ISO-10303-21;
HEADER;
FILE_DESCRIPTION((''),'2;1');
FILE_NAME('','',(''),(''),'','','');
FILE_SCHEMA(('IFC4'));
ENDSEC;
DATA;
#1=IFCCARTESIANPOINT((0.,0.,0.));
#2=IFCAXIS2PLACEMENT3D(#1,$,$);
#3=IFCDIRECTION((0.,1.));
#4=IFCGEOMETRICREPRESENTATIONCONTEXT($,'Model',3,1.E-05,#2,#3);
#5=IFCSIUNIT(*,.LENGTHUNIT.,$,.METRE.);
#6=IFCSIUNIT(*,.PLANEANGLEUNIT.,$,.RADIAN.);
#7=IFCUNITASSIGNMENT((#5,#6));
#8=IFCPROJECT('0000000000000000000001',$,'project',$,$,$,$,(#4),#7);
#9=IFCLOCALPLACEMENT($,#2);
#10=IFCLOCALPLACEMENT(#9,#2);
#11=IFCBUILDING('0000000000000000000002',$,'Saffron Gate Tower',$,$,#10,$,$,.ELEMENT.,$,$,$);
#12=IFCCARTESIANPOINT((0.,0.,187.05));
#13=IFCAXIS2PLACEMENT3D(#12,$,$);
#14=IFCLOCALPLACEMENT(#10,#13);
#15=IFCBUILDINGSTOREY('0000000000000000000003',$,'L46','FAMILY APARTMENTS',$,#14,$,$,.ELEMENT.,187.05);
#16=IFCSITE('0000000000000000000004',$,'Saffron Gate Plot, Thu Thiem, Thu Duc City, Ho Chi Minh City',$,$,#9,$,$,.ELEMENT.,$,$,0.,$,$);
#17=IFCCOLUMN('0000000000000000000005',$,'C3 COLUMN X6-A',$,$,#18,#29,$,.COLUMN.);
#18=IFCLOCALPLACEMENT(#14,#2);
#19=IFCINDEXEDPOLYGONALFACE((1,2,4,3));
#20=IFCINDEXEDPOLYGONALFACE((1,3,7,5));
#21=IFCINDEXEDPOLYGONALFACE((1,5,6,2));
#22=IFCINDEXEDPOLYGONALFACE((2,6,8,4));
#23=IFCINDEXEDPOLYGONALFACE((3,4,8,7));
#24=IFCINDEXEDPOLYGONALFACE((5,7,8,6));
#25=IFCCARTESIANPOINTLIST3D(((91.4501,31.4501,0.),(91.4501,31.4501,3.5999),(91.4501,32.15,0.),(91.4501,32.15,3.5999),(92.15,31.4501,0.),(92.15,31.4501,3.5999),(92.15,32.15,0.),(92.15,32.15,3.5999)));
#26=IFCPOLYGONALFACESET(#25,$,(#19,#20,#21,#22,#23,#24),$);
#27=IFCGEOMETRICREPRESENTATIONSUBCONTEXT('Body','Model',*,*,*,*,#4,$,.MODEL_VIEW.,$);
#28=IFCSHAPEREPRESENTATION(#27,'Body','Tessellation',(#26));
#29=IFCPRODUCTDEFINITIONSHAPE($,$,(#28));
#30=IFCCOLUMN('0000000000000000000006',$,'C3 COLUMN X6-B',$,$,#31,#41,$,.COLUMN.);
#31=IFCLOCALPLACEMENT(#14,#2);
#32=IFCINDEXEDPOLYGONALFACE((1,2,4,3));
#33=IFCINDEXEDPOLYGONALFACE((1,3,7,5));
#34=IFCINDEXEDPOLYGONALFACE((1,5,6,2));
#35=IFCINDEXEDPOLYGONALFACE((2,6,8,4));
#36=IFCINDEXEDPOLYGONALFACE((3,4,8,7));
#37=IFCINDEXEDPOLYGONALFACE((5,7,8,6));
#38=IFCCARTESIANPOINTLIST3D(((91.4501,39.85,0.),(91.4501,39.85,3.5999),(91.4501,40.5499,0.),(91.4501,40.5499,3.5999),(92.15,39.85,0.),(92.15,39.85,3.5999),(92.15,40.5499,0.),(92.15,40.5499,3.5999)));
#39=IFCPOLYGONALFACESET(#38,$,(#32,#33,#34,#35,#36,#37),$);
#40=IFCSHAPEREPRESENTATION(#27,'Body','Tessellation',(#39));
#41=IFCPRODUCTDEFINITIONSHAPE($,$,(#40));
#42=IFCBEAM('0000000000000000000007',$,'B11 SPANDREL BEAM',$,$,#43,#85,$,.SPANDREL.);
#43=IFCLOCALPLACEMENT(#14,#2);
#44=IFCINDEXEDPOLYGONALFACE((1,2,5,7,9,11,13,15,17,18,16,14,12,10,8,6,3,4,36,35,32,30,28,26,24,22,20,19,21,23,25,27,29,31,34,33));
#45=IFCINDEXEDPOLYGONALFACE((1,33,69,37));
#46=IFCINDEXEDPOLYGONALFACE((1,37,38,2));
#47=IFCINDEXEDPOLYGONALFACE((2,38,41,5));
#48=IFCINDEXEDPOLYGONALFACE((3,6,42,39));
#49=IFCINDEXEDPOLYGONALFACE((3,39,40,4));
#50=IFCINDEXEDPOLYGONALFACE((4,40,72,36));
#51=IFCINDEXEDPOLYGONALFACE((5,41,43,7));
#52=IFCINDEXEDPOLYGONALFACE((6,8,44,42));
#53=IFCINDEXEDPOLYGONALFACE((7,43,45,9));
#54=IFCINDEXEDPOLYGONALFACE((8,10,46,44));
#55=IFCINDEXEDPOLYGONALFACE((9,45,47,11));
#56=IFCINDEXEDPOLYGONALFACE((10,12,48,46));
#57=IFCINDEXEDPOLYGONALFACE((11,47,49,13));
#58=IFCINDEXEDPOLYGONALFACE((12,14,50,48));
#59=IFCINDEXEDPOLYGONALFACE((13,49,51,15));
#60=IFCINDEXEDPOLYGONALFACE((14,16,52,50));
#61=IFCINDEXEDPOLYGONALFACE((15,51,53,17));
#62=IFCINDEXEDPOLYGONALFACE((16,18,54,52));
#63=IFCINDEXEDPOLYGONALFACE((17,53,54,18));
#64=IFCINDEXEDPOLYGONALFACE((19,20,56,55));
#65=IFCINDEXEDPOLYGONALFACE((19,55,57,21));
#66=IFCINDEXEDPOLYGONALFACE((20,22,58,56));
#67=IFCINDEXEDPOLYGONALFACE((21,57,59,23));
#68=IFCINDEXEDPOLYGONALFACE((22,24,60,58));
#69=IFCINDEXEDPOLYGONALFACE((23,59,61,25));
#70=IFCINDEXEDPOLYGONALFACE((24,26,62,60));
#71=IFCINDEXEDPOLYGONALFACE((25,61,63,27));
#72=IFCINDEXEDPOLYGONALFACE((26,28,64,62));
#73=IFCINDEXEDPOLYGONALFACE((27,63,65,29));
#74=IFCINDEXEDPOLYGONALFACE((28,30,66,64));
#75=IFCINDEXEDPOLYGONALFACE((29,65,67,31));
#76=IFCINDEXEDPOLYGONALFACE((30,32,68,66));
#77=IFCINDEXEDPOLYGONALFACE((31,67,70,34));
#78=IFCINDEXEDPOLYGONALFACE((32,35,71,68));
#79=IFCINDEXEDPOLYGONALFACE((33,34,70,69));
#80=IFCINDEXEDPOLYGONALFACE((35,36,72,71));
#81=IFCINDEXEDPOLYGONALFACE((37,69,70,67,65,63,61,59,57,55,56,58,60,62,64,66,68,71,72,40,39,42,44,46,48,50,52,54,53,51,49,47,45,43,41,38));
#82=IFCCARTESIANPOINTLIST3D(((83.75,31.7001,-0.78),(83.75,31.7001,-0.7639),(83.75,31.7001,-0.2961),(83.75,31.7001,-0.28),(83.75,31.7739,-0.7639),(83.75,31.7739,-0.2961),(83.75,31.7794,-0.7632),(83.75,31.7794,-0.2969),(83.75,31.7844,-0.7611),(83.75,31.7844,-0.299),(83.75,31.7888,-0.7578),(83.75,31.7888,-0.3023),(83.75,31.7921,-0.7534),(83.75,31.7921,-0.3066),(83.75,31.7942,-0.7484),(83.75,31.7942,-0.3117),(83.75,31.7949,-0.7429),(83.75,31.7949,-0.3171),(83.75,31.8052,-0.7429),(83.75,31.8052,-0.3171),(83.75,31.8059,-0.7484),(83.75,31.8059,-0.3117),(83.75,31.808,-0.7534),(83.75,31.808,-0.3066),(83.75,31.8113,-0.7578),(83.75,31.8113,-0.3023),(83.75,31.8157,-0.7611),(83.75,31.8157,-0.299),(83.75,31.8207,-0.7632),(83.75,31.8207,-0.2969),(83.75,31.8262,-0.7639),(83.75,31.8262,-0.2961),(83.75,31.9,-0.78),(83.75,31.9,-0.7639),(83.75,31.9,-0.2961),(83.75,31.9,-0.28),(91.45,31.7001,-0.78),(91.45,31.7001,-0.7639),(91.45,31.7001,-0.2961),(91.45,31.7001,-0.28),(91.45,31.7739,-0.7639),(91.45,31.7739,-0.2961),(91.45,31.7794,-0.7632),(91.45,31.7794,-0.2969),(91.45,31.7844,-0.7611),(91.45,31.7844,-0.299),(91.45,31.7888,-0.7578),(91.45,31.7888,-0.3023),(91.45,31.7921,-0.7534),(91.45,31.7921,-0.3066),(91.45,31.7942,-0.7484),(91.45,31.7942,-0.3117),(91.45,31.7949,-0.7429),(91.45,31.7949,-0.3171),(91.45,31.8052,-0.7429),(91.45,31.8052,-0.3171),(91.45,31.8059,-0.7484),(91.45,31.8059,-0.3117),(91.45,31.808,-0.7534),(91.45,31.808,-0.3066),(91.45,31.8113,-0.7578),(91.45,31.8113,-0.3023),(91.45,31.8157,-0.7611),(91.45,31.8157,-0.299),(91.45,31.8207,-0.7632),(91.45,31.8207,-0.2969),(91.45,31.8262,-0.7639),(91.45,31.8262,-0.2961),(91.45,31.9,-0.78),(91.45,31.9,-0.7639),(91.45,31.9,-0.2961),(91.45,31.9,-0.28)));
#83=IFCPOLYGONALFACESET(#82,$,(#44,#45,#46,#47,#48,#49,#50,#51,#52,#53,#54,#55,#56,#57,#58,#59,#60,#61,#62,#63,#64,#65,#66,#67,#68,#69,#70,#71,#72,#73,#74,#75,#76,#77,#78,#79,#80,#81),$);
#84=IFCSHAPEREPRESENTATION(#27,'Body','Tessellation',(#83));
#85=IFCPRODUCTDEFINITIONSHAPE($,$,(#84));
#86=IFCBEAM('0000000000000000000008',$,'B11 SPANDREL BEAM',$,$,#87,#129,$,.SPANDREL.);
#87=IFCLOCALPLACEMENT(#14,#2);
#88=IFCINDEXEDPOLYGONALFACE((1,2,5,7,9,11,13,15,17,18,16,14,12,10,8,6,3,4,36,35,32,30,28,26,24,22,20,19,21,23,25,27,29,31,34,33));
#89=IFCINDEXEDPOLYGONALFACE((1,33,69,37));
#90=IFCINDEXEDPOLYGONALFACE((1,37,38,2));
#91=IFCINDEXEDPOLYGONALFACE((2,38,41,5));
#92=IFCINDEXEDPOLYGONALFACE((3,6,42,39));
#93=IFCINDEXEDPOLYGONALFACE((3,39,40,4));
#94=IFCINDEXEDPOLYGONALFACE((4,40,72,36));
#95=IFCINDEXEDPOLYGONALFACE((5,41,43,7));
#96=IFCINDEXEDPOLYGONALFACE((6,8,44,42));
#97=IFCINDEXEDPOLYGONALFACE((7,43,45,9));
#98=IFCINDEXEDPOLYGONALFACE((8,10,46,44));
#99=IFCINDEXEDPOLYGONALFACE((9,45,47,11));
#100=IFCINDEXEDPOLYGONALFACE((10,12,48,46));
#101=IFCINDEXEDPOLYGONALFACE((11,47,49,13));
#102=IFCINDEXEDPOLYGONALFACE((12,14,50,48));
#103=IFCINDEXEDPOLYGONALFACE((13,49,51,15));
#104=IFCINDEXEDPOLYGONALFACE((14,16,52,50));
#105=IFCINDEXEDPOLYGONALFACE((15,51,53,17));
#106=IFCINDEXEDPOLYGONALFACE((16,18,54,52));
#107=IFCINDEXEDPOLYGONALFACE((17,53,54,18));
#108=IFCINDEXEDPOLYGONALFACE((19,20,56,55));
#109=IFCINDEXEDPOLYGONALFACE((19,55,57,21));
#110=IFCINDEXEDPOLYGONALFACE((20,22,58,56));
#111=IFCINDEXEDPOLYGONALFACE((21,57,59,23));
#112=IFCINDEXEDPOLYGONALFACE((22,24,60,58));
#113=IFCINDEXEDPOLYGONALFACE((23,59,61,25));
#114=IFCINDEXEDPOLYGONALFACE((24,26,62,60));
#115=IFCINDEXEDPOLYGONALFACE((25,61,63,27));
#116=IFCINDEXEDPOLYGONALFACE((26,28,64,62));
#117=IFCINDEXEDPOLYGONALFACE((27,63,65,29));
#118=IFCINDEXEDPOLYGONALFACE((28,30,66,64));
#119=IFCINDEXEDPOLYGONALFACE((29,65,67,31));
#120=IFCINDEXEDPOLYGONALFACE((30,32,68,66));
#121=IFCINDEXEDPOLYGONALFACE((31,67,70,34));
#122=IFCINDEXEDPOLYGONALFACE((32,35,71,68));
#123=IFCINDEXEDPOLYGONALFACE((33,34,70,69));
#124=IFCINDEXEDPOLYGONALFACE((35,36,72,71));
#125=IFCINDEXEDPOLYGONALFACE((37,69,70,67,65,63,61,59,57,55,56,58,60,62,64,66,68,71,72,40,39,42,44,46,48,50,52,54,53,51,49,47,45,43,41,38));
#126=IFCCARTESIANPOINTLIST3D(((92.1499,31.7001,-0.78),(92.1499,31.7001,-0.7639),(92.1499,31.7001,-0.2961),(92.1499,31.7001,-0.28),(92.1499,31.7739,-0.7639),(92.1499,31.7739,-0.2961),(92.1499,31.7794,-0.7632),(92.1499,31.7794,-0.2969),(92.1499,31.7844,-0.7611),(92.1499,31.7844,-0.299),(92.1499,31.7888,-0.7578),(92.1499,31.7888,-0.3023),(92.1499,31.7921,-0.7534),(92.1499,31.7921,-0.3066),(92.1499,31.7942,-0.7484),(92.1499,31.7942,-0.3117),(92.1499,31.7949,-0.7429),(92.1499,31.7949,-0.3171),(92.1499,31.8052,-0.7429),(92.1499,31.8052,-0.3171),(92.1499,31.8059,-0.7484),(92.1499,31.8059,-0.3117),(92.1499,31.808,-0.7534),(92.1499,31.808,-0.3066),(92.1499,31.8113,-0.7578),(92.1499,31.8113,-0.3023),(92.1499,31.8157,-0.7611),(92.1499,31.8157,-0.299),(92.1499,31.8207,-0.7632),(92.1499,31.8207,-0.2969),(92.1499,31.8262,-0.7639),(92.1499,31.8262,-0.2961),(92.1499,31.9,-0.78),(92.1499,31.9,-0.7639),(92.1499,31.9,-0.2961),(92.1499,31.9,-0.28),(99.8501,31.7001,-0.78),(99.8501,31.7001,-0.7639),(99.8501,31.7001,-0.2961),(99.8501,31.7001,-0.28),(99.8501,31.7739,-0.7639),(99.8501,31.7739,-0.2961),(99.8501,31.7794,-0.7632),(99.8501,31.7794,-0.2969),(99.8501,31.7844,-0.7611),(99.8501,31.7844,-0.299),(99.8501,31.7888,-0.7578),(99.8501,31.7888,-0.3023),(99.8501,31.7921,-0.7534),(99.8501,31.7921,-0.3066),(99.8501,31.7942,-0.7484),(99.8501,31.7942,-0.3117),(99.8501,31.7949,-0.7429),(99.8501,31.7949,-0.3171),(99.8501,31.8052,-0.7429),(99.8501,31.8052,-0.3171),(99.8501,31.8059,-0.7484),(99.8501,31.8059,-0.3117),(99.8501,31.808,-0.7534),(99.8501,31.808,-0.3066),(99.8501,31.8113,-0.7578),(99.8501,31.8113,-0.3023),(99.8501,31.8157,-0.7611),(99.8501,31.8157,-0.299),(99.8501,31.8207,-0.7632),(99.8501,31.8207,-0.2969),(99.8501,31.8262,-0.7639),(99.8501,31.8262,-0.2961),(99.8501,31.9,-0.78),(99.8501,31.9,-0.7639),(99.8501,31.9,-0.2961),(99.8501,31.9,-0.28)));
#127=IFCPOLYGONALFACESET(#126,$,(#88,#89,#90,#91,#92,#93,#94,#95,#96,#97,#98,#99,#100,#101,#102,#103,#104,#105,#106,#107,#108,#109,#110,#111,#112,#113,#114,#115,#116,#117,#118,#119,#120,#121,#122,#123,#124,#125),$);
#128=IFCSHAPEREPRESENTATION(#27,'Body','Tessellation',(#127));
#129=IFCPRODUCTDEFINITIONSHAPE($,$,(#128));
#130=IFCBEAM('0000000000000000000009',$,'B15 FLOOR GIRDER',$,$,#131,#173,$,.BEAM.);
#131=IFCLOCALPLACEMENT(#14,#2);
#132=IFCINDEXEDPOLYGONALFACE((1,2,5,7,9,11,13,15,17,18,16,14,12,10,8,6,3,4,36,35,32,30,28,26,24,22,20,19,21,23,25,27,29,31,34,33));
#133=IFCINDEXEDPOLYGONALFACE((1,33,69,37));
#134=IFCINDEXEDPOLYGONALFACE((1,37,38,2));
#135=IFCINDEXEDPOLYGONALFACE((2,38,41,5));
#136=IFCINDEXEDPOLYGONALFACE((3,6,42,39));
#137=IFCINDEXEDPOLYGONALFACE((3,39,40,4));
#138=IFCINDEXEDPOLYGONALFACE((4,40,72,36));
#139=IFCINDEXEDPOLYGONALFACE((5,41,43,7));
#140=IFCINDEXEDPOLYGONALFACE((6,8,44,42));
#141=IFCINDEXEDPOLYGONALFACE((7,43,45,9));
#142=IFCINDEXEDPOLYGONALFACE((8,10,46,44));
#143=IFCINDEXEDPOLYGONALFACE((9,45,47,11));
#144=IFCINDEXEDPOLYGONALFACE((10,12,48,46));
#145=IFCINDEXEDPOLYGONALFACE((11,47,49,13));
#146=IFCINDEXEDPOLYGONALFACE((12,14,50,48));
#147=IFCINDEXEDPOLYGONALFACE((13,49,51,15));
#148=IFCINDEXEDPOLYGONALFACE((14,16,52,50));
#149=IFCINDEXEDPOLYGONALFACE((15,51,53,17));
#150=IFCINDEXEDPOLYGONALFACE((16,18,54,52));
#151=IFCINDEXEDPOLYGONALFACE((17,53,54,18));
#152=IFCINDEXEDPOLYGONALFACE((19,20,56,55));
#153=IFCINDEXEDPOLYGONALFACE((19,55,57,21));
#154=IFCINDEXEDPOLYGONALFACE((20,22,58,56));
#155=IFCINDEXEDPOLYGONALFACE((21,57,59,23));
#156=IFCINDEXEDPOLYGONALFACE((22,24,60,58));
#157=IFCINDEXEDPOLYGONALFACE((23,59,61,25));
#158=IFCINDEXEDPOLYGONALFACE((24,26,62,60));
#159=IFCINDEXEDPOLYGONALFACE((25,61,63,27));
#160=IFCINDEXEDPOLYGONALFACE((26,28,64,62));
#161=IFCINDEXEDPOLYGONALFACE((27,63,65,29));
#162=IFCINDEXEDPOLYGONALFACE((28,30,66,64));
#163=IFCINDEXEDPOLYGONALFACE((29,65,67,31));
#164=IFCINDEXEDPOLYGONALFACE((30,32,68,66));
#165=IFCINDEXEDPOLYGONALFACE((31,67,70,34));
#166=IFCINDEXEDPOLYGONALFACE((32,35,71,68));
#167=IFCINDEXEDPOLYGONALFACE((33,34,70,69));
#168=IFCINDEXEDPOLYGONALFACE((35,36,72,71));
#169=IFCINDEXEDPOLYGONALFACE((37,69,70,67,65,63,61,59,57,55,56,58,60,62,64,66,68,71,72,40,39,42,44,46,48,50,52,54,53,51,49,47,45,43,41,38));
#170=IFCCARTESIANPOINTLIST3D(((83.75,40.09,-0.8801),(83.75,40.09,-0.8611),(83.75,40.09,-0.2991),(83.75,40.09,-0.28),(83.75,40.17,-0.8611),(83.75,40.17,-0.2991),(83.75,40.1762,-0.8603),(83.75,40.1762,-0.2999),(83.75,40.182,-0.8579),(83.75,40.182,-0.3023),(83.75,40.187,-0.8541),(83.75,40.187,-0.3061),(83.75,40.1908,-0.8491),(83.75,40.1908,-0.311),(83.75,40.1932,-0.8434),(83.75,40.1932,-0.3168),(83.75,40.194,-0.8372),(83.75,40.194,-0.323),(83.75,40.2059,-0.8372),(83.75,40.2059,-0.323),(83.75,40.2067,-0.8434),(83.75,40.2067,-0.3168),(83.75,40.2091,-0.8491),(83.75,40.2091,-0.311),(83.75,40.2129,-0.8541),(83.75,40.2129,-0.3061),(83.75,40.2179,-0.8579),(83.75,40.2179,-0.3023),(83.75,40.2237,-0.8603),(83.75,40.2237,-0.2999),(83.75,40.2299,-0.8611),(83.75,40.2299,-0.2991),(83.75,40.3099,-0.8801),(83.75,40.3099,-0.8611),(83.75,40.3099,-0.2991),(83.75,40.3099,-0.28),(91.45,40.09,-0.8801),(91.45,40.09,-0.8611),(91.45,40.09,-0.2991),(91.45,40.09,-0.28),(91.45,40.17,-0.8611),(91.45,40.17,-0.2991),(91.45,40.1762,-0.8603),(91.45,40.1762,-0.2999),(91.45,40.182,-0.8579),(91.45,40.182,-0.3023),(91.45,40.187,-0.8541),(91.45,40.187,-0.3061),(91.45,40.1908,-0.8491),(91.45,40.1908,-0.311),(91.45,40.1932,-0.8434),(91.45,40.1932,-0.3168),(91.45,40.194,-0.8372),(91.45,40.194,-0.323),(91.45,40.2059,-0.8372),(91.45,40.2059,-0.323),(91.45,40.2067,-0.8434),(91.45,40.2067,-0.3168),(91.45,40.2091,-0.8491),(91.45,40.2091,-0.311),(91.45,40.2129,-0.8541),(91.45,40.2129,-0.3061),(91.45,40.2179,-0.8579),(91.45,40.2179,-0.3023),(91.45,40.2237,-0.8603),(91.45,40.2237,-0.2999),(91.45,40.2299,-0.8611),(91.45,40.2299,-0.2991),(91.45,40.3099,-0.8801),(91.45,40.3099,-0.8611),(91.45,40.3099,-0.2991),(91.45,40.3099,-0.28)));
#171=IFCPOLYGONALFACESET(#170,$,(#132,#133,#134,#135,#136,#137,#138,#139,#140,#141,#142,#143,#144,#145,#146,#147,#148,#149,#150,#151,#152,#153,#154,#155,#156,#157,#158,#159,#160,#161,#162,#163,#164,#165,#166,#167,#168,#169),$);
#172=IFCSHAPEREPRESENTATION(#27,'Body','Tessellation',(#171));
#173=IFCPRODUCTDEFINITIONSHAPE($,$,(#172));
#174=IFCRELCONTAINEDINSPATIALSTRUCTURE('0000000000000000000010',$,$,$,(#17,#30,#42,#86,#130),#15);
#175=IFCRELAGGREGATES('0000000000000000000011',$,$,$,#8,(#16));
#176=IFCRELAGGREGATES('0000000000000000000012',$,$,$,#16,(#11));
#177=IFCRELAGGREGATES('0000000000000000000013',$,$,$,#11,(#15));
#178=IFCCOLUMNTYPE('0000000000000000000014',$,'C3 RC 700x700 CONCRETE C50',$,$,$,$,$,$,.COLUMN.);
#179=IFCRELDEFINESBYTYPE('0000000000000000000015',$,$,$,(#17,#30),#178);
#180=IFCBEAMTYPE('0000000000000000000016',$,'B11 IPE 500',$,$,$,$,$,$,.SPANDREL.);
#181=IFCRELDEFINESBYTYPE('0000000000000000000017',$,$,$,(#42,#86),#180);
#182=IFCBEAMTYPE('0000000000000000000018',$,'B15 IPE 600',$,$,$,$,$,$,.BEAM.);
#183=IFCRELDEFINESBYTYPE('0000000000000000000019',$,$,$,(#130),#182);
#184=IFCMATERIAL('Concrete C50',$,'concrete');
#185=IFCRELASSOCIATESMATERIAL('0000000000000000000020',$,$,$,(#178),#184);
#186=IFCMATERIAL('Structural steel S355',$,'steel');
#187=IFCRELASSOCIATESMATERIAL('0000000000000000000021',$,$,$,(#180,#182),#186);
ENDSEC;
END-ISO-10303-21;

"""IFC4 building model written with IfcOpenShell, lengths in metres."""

from ifc_helpers import new_model, si_unit, direction, frame, origin, origin_2d, place, context, subcontext, project, spatial, rectangle, i_section, extrude, material, material_profile, profile_set, type_object, element, save


model = new_model("IFC4")

# Units and contexts
model_context = context("Model", 3, precision=1e-05, world=origin(), true_north=direction((0.0, 1.0)))
body_context = subcontext(model_context, "Body", "Model", "MODEL_VIEW")
ifc_project = project(units=[si_unit("LENGTHUNIT", "METRE"), si_unit("PLANEANGLEUNIT", "RADIAN")], contexts=[model_context])

# Site, building, storey
site_placement = place(None, origin())
site = spatial("IfcSite", under=ifc_project, at=site_placement, Name="Saffron Gate Plot, Thu Thiem, Thu Duc City, Ho Chi Minh City", CompositionType="ELEMENT", RefElevation=0.0)
building_placement = place(site_placement, origin())
building = spatial("IfcBuilding", under=site, at=building_placement, Name="Saffron Gate Tower", CompositionType="ELEMENT")
storey_placement = place(building_placement, frame((0.0, 0.0, 187.05)))
storey = spatial("IfcBuildingStorey", under=building, at=storey_placement, Name="L46", Description="FAMILY APARTMENTS", CompositionType="ELEMENT", Elevation=187.05)

# Columns
ifc_material_1 = material(Name="Concrete C50", Category="concrete")
ifc_material_profile_1 = material_profile(ifc_material_1, rectangle(XDim=0.7, YDim=0.7, at=origin_2d()))
ifc_profile_set_1 = profile_set([ifc_material_profile_1], Name="Concrete C50")
column_type = type_object("IfcColumnType", Name="C3 RC 700x700 CONCRETE C50", PredefinedType="COLUMN", material=ifc_profile_set_1)
for number, where, z_axis, x_axis, name in (
    (1, (91.8, 31.8, 0.0), (0.0, 0.0, 1.0), (1.0, 0.0, 0.0), "C3 COLUMN X6-A"),
    (2, (91.8, 40.2, 0.0), (0.0, 0.0, 1.0), (1.0, 0.0, 0.0), "C3 COLUMN X6-B"),
):
    element("IfcColumn", number, at=place(storey_placement, frame(where, z_axis=z_axis, x_axis=x_axis)), inside=storey, type_object=column_type, Name=name, PredefinedType="COLUMN", context=body_context, shape_type="SweptSolid", body=[
        extrude(rectangle(XDim=0.7, YDim=0.7, at=origin_2d()), origin(), (0.0, 0.0, 1.0), 3.5999),
    ])

# Beams
ifc_material_2 = material(Name="Structural steel S355", Category="steel")
ifc_material_profile_2 = material_profile(ifc_material_2, i_section(OverallWidth=0.2, OverallDepth=0.5, WebThickness=0.0103, FlangeThickness=0.0161, FilletRadius=0.021, at=origin_2d()))
ifc_profile_set_2 = profile_set([ifc_material_profile_2], Name="Structural steel S355")
beam_type_1 = type_object("IfcBeamType", Name="B11 IPE 500", PredefinedType="SPANDREL", material=ifc_profile_set_2)
beam_1_placement = place(storey_placement, frame((83.75, 31.8, -0.53), z_axis=(1.0, 0.0, 0.0), x_axis=(0.0, 1.0, 0.0)))
element("IfcBeam", 3, at=beam_1_placement, inside=storey, type_object=beam_type_1, Name="B11 SPANDREL BEAM", PredefinedType="SPANDREL", context=body_context, shape_type="SweptSolid", body=[
    extrude(i_section(OverallWidth=0.2, OverallDepth=0.5, WebThickness=0.0103, FlangeThickness=0.0161, FilletRadius=0.021, at=origin_2d()), origin(), (0.0, 0.0, 1.0), 7.7),
])
beam_2_placement = place(storey_placement, frame((92.1499, 31.8, -0.53), z_axis=(1.0, 0.0, 0.0), x_axis=(0.0, 1.0, 0.0)))
element("IfcBeam", 4, at=beam_2_placement, inside=storey, type_object=beam_type_1, Name="B11 SPANDREL BEAM", PredefinedType="SPANDREL", context=body_context, shape_type="SweptSolid", body=[
    extrude(i_section(OverallWidth=0.2, OverallDepth=0.5, WebThickness=0.0103, FlangeThickness=0.0161, FilletRadius=0.021, at=origin_2d()), origin(), (0.0, 0.0, 1.0), 7.7002),
])
ifc_material_profile_3 = material_profile(ifc_material_2, i_section(OverallWidth=0.22, OverallDepth=0.6001, WebThickness=0.012, FlangeThickness=0.019, FilletRadius=0.0239, at=origin_2d()))
ifc_profile_set_3 = profile_set([ifc_material_profile_3], Name="Structural steel S355")
beam_type_2 = type_object("IfcBeamType", Name="B15 IPE 600", PredefinedType="BEAM", material=ifc_profile_set_3)
beam_3_placement = place(storey_placement, frame((83.75, 40.2, -0.5801), z_axis=(1.0, 0.0, 0.0), x_axis=(0.0, 1.0, 0.0)))
element("IfcBeam", 5, at=beam_3_placement, inside=storey, type_object=beam_type_2, Name="B15 FLOOR GIRDER", PredefinedType="BEAM", context=body_context, shape_type="SweptSolid", body=[
    extrude(i_section(OverallWidth=0.22, OverallDepth=0.6001, WebThickness=0.012, FlangeThickness=0.019, FilletRadius=0.0239, at=origin_2d()), origin(), (0.0, 0.0, 1.0), 7.7),
])

save(model, "model.ifc")
